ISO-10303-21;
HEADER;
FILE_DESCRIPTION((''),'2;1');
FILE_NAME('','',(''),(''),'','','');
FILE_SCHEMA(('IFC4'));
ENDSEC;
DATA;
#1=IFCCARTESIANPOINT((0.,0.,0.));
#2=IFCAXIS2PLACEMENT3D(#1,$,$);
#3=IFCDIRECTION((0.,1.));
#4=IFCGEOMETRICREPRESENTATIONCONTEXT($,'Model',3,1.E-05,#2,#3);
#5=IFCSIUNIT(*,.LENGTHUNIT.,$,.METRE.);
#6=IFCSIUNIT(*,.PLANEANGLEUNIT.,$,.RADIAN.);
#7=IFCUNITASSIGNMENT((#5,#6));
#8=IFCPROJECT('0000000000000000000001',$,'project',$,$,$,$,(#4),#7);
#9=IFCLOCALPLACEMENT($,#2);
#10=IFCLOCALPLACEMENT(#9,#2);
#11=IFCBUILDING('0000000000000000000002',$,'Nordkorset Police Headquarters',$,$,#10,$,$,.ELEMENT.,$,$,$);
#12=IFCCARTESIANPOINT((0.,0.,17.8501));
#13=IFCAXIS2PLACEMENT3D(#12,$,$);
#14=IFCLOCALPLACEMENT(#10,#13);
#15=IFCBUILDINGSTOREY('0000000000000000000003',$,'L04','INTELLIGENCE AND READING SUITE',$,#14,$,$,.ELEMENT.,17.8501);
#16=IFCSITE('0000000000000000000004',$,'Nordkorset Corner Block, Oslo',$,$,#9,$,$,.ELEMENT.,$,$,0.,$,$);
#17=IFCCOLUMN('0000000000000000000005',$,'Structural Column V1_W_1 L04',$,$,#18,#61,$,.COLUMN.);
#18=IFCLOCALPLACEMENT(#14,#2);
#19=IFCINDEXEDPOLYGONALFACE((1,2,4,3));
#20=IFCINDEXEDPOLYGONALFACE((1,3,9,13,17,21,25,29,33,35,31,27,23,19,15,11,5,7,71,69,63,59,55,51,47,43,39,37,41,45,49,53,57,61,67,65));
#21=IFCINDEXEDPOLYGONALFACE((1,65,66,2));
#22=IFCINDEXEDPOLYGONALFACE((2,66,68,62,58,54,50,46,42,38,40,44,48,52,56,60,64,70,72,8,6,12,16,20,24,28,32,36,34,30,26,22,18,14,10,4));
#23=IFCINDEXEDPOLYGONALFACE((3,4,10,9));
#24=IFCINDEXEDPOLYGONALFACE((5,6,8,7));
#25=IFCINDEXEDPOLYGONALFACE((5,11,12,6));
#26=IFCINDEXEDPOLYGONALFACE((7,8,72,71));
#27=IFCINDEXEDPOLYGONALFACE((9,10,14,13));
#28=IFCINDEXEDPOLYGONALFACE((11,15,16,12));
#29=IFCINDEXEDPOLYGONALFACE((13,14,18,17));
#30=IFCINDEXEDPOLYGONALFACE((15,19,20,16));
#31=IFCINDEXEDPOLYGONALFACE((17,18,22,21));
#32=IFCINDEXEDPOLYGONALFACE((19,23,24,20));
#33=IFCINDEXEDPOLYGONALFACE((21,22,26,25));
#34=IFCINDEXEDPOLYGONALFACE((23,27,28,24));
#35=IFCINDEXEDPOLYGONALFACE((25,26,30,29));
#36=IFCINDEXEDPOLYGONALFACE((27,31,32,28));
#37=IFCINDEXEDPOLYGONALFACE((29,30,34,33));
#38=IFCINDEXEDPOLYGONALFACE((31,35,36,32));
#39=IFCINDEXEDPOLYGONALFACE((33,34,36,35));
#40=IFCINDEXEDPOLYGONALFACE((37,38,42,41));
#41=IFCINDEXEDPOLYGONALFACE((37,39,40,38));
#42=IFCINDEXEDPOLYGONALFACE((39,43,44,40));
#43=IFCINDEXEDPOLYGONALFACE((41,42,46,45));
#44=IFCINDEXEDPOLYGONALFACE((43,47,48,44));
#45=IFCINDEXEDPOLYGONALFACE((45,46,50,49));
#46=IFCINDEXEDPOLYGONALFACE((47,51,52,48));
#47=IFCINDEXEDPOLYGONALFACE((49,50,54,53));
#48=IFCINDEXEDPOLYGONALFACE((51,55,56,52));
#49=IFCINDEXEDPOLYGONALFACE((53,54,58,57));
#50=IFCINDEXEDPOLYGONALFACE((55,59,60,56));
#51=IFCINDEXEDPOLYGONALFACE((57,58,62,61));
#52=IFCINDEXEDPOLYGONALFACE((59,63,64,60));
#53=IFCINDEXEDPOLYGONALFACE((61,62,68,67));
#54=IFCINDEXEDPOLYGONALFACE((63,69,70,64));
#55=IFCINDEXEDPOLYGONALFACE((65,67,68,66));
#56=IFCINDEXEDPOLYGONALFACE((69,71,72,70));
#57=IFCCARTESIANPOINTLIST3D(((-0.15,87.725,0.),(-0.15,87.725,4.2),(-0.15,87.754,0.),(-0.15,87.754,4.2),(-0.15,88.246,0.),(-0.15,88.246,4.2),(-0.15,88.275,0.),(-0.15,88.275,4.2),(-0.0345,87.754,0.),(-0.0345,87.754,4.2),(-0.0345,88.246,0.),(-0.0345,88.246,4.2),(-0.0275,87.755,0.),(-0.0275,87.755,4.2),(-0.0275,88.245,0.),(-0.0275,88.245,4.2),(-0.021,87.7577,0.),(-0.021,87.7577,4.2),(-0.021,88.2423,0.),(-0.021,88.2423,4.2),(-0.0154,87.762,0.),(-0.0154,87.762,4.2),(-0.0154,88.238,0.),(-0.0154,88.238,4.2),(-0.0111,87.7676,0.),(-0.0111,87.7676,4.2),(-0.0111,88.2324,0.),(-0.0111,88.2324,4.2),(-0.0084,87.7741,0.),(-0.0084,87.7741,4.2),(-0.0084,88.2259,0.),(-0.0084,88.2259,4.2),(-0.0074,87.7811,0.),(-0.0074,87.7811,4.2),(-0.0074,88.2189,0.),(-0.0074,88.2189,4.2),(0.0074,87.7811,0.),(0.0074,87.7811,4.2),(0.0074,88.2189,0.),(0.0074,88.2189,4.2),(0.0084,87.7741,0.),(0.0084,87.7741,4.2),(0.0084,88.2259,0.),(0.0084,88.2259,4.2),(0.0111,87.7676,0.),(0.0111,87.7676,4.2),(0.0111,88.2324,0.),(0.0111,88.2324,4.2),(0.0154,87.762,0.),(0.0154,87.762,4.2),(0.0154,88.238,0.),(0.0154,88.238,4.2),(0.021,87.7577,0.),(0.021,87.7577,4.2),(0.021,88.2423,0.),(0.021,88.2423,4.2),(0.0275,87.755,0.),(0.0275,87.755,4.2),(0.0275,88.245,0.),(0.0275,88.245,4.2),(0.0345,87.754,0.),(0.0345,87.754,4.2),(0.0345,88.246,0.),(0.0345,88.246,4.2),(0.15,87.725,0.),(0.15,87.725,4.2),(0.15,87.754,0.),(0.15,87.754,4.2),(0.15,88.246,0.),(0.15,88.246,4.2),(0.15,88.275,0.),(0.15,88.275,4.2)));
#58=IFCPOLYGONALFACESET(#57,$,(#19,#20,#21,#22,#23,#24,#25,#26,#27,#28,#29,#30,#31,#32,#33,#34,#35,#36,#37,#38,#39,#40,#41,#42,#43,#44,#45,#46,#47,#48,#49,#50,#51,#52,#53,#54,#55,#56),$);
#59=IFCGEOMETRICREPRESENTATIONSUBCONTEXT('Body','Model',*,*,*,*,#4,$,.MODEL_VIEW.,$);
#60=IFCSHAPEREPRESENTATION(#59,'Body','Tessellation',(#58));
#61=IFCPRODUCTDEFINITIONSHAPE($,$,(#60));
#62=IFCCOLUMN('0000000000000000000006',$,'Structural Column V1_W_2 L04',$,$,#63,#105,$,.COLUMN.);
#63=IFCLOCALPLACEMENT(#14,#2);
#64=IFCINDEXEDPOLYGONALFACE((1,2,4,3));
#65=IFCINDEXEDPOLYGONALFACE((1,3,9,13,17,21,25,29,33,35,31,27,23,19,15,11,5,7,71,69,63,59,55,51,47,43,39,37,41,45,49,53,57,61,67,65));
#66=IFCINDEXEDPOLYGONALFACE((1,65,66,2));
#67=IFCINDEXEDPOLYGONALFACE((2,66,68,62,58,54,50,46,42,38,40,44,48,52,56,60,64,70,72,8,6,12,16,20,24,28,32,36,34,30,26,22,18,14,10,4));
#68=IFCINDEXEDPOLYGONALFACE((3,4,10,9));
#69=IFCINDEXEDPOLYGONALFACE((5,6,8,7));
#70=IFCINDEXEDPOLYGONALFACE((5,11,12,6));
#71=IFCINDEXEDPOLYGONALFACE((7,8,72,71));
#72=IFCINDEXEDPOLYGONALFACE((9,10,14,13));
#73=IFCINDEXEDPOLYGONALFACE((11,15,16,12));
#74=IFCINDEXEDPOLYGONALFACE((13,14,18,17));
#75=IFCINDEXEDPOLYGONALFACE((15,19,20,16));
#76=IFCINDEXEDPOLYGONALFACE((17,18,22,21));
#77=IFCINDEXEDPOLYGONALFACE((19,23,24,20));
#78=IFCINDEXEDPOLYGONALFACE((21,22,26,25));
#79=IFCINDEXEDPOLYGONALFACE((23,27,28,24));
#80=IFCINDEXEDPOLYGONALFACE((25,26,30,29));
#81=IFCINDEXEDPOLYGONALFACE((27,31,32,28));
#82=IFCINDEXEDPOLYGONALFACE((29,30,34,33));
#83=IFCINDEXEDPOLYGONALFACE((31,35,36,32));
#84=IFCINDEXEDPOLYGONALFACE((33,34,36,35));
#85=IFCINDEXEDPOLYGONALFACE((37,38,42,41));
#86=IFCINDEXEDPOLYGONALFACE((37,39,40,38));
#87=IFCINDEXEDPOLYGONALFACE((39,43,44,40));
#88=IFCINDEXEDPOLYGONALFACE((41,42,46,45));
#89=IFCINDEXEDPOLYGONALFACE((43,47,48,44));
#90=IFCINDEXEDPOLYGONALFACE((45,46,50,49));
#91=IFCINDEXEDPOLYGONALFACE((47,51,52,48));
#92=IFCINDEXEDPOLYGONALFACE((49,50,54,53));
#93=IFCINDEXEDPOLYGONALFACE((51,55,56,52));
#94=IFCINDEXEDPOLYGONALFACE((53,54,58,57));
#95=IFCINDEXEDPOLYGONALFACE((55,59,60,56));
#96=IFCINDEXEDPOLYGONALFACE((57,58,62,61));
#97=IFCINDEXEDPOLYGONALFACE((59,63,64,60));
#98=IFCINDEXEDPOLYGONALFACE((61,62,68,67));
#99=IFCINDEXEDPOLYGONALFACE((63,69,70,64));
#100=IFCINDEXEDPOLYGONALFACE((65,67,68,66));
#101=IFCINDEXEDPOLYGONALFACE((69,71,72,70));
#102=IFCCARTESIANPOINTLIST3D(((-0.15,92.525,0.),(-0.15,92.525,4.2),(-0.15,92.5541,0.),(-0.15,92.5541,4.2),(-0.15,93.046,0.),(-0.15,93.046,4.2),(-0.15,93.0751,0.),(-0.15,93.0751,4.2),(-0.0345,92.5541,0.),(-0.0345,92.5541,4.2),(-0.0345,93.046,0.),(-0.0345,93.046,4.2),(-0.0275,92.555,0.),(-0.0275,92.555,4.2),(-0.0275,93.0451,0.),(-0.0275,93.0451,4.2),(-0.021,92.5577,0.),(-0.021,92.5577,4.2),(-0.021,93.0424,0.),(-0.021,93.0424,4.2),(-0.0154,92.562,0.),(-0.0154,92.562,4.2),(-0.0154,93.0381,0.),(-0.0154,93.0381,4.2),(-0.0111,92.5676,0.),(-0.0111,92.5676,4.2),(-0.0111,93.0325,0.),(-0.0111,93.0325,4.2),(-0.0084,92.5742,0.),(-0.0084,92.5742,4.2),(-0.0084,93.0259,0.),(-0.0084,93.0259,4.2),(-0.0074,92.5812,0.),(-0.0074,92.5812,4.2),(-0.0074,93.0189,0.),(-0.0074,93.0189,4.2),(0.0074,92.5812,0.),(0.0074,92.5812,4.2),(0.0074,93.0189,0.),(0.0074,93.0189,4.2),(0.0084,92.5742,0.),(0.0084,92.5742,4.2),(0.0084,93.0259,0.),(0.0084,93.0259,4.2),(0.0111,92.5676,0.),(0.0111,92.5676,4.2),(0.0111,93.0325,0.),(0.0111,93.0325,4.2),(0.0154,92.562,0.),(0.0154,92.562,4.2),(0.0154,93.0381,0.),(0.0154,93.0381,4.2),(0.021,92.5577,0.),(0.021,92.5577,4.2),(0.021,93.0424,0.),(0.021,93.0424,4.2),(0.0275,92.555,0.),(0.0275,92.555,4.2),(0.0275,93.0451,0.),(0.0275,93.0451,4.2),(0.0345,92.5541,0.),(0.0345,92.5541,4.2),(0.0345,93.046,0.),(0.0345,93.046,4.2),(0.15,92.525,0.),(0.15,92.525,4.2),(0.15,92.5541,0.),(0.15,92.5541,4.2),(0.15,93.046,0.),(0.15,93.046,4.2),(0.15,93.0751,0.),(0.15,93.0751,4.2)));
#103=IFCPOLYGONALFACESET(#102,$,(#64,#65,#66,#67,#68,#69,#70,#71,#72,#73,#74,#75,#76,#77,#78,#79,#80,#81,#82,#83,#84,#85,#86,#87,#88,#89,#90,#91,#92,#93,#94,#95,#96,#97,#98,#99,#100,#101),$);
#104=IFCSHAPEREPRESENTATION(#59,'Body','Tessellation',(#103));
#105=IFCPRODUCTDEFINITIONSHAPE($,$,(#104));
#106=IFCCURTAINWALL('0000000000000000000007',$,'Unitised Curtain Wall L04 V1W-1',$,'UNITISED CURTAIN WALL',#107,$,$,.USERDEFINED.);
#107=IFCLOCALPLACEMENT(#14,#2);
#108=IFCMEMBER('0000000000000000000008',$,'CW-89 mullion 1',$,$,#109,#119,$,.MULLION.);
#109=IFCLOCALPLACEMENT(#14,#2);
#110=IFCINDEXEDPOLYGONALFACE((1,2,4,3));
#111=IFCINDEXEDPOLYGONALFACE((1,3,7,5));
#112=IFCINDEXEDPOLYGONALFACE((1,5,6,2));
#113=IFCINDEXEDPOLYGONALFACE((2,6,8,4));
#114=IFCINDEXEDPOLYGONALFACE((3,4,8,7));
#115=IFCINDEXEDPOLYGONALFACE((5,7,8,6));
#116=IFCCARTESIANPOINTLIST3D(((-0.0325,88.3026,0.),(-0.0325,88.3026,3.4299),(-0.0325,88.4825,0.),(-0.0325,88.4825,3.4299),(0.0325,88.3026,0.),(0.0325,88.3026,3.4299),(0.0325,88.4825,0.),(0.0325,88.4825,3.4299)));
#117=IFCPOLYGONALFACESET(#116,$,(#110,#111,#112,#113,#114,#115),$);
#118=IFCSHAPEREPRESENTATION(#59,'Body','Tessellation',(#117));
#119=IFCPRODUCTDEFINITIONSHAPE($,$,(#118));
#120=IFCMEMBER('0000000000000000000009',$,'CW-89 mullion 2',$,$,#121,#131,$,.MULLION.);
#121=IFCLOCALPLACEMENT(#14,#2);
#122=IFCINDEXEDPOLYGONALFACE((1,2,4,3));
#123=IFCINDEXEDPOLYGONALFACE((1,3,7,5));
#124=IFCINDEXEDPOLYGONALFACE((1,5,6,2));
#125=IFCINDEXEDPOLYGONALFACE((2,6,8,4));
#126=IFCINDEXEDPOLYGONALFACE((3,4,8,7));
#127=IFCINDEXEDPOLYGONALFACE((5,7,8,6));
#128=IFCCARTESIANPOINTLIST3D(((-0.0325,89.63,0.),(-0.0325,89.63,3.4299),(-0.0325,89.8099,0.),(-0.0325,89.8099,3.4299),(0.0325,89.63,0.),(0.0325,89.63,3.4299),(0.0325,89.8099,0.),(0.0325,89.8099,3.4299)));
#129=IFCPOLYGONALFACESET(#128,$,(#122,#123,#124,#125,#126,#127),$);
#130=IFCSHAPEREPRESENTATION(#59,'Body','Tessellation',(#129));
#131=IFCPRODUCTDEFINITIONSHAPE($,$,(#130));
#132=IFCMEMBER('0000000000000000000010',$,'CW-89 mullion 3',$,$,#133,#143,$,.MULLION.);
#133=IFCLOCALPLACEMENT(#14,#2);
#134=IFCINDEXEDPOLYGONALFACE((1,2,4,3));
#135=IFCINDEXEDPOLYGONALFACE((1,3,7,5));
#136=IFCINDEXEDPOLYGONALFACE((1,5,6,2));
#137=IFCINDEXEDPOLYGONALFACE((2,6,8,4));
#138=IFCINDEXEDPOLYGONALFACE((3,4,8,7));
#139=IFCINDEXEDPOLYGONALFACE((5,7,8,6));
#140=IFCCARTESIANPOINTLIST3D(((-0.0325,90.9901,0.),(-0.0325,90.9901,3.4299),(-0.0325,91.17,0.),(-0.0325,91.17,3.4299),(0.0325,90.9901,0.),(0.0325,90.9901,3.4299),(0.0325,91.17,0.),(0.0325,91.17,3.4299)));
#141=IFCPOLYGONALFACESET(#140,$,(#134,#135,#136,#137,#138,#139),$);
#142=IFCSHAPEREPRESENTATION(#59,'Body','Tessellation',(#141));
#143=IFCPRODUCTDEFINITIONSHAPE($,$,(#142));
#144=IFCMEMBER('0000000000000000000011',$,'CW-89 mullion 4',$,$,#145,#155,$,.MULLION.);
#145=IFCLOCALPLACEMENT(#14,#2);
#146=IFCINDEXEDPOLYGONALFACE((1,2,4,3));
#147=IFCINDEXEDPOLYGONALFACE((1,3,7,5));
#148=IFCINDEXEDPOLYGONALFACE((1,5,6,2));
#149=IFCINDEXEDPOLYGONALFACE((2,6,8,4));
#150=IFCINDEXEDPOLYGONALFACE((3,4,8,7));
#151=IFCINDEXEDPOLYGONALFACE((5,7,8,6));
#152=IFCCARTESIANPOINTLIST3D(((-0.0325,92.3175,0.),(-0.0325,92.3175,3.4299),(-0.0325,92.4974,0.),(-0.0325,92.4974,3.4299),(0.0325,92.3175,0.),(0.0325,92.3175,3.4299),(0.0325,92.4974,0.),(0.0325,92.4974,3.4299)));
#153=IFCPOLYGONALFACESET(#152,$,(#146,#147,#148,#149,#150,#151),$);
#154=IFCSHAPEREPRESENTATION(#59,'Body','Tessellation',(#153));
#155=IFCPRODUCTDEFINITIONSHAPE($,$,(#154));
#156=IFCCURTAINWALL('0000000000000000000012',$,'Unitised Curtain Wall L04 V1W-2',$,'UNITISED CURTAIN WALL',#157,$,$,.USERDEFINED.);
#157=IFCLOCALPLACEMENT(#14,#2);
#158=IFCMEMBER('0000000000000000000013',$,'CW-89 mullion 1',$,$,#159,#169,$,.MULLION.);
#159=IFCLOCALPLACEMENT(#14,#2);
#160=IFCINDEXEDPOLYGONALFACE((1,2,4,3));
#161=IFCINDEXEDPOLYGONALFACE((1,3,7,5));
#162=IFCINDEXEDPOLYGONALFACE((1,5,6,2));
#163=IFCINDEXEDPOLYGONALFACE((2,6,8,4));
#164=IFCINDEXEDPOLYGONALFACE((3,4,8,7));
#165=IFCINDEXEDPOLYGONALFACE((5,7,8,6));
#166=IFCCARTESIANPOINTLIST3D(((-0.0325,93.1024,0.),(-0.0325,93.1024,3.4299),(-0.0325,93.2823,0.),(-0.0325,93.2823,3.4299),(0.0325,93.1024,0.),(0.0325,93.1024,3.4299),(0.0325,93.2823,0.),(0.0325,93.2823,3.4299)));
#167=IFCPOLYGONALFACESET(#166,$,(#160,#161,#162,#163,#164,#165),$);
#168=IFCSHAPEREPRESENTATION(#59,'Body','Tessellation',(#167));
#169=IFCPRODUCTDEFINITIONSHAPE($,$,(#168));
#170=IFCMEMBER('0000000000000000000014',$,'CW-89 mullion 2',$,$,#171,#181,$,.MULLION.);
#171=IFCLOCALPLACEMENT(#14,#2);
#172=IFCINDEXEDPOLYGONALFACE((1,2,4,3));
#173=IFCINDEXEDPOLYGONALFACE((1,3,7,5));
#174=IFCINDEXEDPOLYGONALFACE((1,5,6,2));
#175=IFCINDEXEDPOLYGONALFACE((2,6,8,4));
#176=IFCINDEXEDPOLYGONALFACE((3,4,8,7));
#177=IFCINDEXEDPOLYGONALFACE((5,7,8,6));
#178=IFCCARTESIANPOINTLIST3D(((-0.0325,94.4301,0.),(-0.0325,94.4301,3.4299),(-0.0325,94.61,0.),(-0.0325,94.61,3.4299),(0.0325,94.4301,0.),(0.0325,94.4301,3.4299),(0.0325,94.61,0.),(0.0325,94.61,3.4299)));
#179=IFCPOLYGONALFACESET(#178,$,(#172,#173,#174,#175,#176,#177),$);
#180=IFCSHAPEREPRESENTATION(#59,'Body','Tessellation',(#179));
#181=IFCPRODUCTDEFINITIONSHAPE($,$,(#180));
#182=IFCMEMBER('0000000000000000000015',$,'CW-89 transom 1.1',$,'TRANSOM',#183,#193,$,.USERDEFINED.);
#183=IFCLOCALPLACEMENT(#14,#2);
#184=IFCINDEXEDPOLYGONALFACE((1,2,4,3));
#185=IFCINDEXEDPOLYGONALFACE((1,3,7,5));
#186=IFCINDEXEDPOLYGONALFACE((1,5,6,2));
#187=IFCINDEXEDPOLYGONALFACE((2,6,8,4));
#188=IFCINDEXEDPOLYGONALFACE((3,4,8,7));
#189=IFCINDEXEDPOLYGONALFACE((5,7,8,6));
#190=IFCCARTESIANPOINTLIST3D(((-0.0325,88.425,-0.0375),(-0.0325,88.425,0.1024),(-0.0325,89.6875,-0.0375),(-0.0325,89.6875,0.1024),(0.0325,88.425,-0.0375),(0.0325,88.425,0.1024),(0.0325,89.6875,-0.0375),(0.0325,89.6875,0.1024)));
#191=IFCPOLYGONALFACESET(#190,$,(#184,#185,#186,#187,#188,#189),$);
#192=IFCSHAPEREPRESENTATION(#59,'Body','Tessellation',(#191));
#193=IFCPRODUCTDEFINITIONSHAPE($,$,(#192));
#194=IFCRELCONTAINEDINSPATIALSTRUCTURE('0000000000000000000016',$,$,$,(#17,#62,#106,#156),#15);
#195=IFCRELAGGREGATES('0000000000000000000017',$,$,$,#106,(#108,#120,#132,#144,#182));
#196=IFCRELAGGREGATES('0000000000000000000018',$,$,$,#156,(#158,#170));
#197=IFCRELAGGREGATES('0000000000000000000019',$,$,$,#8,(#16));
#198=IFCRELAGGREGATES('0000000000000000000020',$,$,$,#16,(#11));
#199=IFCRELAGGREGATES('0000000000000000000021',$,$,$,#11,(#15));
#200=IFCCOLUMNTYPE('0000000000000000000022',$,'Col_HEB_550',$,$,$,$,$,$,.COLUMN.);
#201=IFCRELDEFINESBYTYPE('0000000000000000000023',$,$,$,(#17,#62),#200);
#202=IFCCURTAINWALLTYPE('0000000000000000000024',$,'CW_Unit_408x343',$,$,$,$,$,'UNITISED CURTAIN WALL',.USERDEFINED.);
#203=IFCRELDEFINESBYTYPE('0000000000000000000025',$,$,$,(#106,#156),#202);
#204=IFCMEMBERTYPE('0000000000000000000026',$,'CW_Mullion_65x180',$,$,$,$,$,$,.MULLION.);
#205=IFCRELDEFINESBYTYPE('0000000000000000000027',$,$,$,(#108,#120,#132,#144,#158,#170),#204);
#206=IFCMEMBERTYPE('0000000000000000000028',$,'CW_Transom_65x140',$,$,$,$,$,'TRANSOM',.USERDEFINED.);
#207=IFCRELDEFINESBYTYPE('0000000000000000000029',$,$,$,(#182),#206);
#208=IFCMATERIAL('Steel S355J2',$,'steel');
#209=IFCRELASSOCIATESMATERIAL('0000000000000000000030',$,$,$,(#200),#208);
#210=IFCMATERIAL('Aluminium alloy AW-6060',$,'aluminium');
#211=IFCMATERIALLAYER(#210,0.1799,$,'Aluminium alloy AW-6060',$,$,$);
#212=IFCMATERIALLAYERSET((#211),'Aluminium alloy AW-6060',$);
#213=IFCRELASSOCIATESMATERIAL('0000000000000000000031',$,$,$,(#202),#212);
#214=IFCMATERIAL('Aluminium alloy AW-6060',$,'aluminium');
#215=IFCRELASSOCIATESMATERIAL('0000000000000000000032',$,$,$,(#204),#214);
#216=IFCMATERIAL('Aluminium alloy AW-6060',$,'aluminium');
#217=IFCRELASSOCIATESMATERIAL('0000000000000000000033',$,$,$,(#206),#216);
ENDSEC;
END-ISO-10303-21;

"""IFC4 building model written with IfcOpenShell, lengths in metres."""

from ifc_helpers import new_model, si_unit, direction, frame, origin, origin_2d, place, context, subcontext, project, spatial, rectangle, i_section, extrude, material, layer, layer_set, material_profile, profile_set, type_object, element, aggregate, save


model = new_model("IFC4")

# Units and contexts
model_context = context("Model", 3, precision=1e-05, world=origin(), true_north=direction((0.0, 1.0)))
body_context = subcontext(model_context, "Body", "Model", "MODEL_VIEW")
ifc_project = project(units=[si_unit("LENGTHUNIT", "METRE"), si_unit("PLANEANGLEUNIT", "RADIAN")], contexts=[model_context])

# Site, building, storey
site_placement = place(None, origin())
site = spatial("IfcSite", under=ifc_project, at=site_placement, Name="Nordkorset Corner Block, Oslo", CompositionType="ELEMENT", RefElevation=0.0)
building_placement = place(site_placement, origin())
building = spatial("IfcBuilding", under=site, at=building_placement, Name="Nordkorset Police Headquarters", CompositionType="ELEMENT")
storey_placement = place(building_placement, frame((0.0, 0.0, 17.8501)))
storey = spatial("IfcBuildingStorey", under=building, at=storey_placement, Name="L04", Description="INTELLIGENCE AND READING SUITE", CompositionType="ELEMENT", Elevation=17.8501)

# Columns
ifc_material_1 = material(Name="Steel S355J2", Category="steel")
ifc_material_profile_1 = material_profile(ifc_material_1, i_section(OverallWidth=0.3, OverallDepth=0.55, WebThickness=0.0149, FlangeThickness=0.0291, FilletRadius=0.0271, at=origin_2d()), Name="HEB 550")
ifc_profile_set_1 = profile_set([ifc_material_profile_1], Name="Steel S355J2")
column_type = type_object("IfcColumnType", Name="Col_HEB_550", PredefinedType="COLUMN", material=ifc_profile_set_1)
for number, where, z_axis, x_axis, name in (
    (1, (0.0, 88.0, 0.0), (0.0, 0.0, 1.0), (1.0, 0.0, 0.0), "Structural Column V1_W_1 L04"),
    (2, (0.0, 92.8, 0.0), (0.0, 0.0, 1.0), (1.0, 0.0, 0.0), "Structural Column V1_W_2 L04"),
):
    element("IfcColumn", number, at=place(storey_placement, frame(where, z_axis=z_axis, x_axis=x_axis)), inside=storey, type_object=column_type, Name=name, PredefinedType="COLUMN", context=body_context, shape_type="SweptSolid", body=[
        extrude(i_section(OverallWidth=0.3, OverallDepth=0.55, WebThickness=0.0149, FlangeThickness=0.0291, FilletRadius=0.0271, at=origin_2d()), origin(), (0.0, 0.0, 1.0), 4.2),
    ])

# Curtain walls, members
ifc_material_2 = material(Name="Aluminium alloy AW-6060", Category="aluminium")
ifc_layer_1 = layer(ifc_material_2, 0.1799, Name="Aluminium alloy AW-6060")
ifc_layer_set_1 = layer_set([ifc_layer_1], Name="Aluminium alloy AW-6060")
curtain_wall_type = type_object("IfcCurtainWallType", Name="CW_Unit_408x343", ElementType="UNITISED CURTAIN WALL", PredefinedType="USERDEFINED", material=ifc_layer_set_1)
curtain_wall_1_placement = place(storey_placement, origin())
curtain_wall_1 = element("IfcCurtainWall", 3, at=curtain_wall_1_placement, inside=storey, type_object=curtain_wall_type, Name="Unitised Curtain Wall L04 V1W-1", ObjectType="UNITISED CURTAIN WALL", PredefinedType="USERDEFINED")
ifc_material_3 = material(Name="Aluminium alloy AW-6060", Category="aluminium")
ifc_material_profile_2 = material_profile(ifc_material_3, rectangle(XDim=0.0649, YDim=0.1799, at=origin_2d()), Name="ALU MULL 65x180")
ifc_profile_set_2 = profile_set([ifc_material_profile_2], Name="Aluminium alloy AW-6060")
member_type_1 = type_object("IfcMemberType", Name="CW_Mullion_65x180", PredefinedType="MULLION", material=ifc_profile_set_2)
member_1_placement = place(storey_placement, frame((0.0, 88.3926, 0.0), z_axis=(0.0, 0.0, 1.0), x_axis=(-1.0, 0.0, 0.0)))
member_1 = element("IfcMember", 4, at=member_1_placement, type_object=member_type_1, Name="CW-89 mullion 1", PredefinedType="MULLION", context=body_context, shape_type="SweptSolid", body=[
    extrude(rectangle(XDim=0.0649, YDim=0.1799, at=origin_2d()), origin(), (0.0, 0.0, 1.0), 3.4299),
])
member_2_placement = place(storey_placement, frame((0.0, 89.72, 0.0), z_axis=(0.0, 0.0, 1.0), x_axis=(-1.0, 0.0, 0.0)))
member_2 = element("IfcMember", 5, at=member_2_placement, type_object=member_type_1, Name="CW-89 mullion 2", PredefinedType="MULLION", context=body_context, shape_type="SweptSolid", body=[
    extrude(rectangle(XDim=0.0649, YDim=0.1799, at=origin_2d()), origin(), (0.0, 0.0, 1.0), 3.4299),
])
member_3_placement = place(storey_placement, frame((0.0, 91.0801, 0.0), z_axis=(0.0, 0.0, 1.0), x_axis=(-1.0, 0.0, 0.0)))
member_3 = element("IfcMember", 6, at=member_3_placement, type_object=member_type_1, Name="CW-89 mullion 3", PredefinedType="MULLION", context=body_context, shape_type="SweptSolid", body=[
    extrude(rectangle(XDim=0.0649, YDim=0.1799, at=origin_2d()), origin(), (0.0, 0.0, 1.0), 3.4299),
])
member_4_placement = place(storey_placement, frame((0.0, 92.4075, 0.0), z_axis=(0.0, 0.0, 1.0), x_axis=(-1.0, 0.0, 0.0)))
member_4 = element("IfcMember", 7, at=member_4_placement, type_object=member_type_1, Name="CW-89 mullion 4", PredefinedType="MULLION", context=body_context, shape_type="SweptSolid", body=[
    extrude(rectangle(XDim=0.0649, YDim=0.1799, at=origin_2d()), origin(), (0.0, 0.0, 1.0), 3.4299),
])
curtain_wall_2_placement = place(storey_placement, origin())
curtain_wall_2 = element("IfcCurtainWall", 8, at=curtain_wall_2_placement, inside=storey, type_object=curtain_wall_type, Name="Unitised Curtain Wall L04 V1W-2", ObjectType="UNITISED CURTAIN WALL", PredefinedType="USERDEFINED")
member_5_placement = place(storey_placement, frame((0.0, 93.1924, 0.0), z_axis=(0.0, 0.0, 1.0), x_axis=(-1.0, 0.0, 0.0)))
member_5 = element("IfcMember", 9, at=member_5_placement, type_object=member_type_1, Name="CW-89 mullion 1", PredefinedType="MULLION", context=body_context, shape_type="SweptSolid", body=[
    extrude(rectangle(XDim=0.0649, YDim=0.1799, at=origin_2d()), origin(), (0.0, 0.0, 1.0), 3.4299),
])
member_6_placement = place(storey_placement, frame((0.0, 94.52, 0.0), z_axis=(0.0, 0.0, 1.0), x_axis=(-1.0, 0.0, 0.0)))
member_6 = element("IfcMember", 10, at=member_6_placement, type_object=member_type_1, Name="CW-89 mullion 2", PredefinedType="MULLION", context=body_context, shape_type="SweptSolid", body=[
    extrude(rectangle(XDim=0.0649, YDim=0.1799, at=origin_2d()), origin(), (0.0, 0.0, 1.0), 3.4299),
])

# Member
ifc_material_4 = material(Name="Aluminium alloy AW-6060", Category="aluminium")
ifc_material_profile_3 = material_profile(ifc_material_4, rectangle(XDim=0.0649, YDim=0.1399, at=origin_2d()), Name="ALU TRAN 65x140")
ifc_profile_set_3 = profile_set([ifc_material_profile_3], Name="Aluminium alloy AW-6060")
member_type_2 = type_object("IfcMemberType", Name="CW_Transom_65x140", ElementType="TRANSOM", PredefinedType="USERDEFINED", material=ifc_profile_set_3)
member_7_placement = place(storey_placement, frame((0.0, 88.425, 0.0325), z_axis=(0.0, 1.0, 0.0), x_axis=(-1.0, 0.0, 0.0)))
member_7 = element("IfcMember", 11, at=member_7_placement, type_object=member_type_2, Name="CW-89 transom 1.1", ObjectType="TRANSOM", PredefinedType="USERDEFINED", context=body_context, shape_type="SweptSolid", body=[
    extrude(rectangle(XDim=0.0649, YDim=0.1399, at=origin_2d()), origin(), (0.0, 0.0, 1.0), 1.2625),
])

aggregate(curtain_wall_1, [member_1, member_2, member_3, member_4, member_7])
aggregate(curtain_wall_2, [member_5, member_6])

save(model, "model.ifc")
